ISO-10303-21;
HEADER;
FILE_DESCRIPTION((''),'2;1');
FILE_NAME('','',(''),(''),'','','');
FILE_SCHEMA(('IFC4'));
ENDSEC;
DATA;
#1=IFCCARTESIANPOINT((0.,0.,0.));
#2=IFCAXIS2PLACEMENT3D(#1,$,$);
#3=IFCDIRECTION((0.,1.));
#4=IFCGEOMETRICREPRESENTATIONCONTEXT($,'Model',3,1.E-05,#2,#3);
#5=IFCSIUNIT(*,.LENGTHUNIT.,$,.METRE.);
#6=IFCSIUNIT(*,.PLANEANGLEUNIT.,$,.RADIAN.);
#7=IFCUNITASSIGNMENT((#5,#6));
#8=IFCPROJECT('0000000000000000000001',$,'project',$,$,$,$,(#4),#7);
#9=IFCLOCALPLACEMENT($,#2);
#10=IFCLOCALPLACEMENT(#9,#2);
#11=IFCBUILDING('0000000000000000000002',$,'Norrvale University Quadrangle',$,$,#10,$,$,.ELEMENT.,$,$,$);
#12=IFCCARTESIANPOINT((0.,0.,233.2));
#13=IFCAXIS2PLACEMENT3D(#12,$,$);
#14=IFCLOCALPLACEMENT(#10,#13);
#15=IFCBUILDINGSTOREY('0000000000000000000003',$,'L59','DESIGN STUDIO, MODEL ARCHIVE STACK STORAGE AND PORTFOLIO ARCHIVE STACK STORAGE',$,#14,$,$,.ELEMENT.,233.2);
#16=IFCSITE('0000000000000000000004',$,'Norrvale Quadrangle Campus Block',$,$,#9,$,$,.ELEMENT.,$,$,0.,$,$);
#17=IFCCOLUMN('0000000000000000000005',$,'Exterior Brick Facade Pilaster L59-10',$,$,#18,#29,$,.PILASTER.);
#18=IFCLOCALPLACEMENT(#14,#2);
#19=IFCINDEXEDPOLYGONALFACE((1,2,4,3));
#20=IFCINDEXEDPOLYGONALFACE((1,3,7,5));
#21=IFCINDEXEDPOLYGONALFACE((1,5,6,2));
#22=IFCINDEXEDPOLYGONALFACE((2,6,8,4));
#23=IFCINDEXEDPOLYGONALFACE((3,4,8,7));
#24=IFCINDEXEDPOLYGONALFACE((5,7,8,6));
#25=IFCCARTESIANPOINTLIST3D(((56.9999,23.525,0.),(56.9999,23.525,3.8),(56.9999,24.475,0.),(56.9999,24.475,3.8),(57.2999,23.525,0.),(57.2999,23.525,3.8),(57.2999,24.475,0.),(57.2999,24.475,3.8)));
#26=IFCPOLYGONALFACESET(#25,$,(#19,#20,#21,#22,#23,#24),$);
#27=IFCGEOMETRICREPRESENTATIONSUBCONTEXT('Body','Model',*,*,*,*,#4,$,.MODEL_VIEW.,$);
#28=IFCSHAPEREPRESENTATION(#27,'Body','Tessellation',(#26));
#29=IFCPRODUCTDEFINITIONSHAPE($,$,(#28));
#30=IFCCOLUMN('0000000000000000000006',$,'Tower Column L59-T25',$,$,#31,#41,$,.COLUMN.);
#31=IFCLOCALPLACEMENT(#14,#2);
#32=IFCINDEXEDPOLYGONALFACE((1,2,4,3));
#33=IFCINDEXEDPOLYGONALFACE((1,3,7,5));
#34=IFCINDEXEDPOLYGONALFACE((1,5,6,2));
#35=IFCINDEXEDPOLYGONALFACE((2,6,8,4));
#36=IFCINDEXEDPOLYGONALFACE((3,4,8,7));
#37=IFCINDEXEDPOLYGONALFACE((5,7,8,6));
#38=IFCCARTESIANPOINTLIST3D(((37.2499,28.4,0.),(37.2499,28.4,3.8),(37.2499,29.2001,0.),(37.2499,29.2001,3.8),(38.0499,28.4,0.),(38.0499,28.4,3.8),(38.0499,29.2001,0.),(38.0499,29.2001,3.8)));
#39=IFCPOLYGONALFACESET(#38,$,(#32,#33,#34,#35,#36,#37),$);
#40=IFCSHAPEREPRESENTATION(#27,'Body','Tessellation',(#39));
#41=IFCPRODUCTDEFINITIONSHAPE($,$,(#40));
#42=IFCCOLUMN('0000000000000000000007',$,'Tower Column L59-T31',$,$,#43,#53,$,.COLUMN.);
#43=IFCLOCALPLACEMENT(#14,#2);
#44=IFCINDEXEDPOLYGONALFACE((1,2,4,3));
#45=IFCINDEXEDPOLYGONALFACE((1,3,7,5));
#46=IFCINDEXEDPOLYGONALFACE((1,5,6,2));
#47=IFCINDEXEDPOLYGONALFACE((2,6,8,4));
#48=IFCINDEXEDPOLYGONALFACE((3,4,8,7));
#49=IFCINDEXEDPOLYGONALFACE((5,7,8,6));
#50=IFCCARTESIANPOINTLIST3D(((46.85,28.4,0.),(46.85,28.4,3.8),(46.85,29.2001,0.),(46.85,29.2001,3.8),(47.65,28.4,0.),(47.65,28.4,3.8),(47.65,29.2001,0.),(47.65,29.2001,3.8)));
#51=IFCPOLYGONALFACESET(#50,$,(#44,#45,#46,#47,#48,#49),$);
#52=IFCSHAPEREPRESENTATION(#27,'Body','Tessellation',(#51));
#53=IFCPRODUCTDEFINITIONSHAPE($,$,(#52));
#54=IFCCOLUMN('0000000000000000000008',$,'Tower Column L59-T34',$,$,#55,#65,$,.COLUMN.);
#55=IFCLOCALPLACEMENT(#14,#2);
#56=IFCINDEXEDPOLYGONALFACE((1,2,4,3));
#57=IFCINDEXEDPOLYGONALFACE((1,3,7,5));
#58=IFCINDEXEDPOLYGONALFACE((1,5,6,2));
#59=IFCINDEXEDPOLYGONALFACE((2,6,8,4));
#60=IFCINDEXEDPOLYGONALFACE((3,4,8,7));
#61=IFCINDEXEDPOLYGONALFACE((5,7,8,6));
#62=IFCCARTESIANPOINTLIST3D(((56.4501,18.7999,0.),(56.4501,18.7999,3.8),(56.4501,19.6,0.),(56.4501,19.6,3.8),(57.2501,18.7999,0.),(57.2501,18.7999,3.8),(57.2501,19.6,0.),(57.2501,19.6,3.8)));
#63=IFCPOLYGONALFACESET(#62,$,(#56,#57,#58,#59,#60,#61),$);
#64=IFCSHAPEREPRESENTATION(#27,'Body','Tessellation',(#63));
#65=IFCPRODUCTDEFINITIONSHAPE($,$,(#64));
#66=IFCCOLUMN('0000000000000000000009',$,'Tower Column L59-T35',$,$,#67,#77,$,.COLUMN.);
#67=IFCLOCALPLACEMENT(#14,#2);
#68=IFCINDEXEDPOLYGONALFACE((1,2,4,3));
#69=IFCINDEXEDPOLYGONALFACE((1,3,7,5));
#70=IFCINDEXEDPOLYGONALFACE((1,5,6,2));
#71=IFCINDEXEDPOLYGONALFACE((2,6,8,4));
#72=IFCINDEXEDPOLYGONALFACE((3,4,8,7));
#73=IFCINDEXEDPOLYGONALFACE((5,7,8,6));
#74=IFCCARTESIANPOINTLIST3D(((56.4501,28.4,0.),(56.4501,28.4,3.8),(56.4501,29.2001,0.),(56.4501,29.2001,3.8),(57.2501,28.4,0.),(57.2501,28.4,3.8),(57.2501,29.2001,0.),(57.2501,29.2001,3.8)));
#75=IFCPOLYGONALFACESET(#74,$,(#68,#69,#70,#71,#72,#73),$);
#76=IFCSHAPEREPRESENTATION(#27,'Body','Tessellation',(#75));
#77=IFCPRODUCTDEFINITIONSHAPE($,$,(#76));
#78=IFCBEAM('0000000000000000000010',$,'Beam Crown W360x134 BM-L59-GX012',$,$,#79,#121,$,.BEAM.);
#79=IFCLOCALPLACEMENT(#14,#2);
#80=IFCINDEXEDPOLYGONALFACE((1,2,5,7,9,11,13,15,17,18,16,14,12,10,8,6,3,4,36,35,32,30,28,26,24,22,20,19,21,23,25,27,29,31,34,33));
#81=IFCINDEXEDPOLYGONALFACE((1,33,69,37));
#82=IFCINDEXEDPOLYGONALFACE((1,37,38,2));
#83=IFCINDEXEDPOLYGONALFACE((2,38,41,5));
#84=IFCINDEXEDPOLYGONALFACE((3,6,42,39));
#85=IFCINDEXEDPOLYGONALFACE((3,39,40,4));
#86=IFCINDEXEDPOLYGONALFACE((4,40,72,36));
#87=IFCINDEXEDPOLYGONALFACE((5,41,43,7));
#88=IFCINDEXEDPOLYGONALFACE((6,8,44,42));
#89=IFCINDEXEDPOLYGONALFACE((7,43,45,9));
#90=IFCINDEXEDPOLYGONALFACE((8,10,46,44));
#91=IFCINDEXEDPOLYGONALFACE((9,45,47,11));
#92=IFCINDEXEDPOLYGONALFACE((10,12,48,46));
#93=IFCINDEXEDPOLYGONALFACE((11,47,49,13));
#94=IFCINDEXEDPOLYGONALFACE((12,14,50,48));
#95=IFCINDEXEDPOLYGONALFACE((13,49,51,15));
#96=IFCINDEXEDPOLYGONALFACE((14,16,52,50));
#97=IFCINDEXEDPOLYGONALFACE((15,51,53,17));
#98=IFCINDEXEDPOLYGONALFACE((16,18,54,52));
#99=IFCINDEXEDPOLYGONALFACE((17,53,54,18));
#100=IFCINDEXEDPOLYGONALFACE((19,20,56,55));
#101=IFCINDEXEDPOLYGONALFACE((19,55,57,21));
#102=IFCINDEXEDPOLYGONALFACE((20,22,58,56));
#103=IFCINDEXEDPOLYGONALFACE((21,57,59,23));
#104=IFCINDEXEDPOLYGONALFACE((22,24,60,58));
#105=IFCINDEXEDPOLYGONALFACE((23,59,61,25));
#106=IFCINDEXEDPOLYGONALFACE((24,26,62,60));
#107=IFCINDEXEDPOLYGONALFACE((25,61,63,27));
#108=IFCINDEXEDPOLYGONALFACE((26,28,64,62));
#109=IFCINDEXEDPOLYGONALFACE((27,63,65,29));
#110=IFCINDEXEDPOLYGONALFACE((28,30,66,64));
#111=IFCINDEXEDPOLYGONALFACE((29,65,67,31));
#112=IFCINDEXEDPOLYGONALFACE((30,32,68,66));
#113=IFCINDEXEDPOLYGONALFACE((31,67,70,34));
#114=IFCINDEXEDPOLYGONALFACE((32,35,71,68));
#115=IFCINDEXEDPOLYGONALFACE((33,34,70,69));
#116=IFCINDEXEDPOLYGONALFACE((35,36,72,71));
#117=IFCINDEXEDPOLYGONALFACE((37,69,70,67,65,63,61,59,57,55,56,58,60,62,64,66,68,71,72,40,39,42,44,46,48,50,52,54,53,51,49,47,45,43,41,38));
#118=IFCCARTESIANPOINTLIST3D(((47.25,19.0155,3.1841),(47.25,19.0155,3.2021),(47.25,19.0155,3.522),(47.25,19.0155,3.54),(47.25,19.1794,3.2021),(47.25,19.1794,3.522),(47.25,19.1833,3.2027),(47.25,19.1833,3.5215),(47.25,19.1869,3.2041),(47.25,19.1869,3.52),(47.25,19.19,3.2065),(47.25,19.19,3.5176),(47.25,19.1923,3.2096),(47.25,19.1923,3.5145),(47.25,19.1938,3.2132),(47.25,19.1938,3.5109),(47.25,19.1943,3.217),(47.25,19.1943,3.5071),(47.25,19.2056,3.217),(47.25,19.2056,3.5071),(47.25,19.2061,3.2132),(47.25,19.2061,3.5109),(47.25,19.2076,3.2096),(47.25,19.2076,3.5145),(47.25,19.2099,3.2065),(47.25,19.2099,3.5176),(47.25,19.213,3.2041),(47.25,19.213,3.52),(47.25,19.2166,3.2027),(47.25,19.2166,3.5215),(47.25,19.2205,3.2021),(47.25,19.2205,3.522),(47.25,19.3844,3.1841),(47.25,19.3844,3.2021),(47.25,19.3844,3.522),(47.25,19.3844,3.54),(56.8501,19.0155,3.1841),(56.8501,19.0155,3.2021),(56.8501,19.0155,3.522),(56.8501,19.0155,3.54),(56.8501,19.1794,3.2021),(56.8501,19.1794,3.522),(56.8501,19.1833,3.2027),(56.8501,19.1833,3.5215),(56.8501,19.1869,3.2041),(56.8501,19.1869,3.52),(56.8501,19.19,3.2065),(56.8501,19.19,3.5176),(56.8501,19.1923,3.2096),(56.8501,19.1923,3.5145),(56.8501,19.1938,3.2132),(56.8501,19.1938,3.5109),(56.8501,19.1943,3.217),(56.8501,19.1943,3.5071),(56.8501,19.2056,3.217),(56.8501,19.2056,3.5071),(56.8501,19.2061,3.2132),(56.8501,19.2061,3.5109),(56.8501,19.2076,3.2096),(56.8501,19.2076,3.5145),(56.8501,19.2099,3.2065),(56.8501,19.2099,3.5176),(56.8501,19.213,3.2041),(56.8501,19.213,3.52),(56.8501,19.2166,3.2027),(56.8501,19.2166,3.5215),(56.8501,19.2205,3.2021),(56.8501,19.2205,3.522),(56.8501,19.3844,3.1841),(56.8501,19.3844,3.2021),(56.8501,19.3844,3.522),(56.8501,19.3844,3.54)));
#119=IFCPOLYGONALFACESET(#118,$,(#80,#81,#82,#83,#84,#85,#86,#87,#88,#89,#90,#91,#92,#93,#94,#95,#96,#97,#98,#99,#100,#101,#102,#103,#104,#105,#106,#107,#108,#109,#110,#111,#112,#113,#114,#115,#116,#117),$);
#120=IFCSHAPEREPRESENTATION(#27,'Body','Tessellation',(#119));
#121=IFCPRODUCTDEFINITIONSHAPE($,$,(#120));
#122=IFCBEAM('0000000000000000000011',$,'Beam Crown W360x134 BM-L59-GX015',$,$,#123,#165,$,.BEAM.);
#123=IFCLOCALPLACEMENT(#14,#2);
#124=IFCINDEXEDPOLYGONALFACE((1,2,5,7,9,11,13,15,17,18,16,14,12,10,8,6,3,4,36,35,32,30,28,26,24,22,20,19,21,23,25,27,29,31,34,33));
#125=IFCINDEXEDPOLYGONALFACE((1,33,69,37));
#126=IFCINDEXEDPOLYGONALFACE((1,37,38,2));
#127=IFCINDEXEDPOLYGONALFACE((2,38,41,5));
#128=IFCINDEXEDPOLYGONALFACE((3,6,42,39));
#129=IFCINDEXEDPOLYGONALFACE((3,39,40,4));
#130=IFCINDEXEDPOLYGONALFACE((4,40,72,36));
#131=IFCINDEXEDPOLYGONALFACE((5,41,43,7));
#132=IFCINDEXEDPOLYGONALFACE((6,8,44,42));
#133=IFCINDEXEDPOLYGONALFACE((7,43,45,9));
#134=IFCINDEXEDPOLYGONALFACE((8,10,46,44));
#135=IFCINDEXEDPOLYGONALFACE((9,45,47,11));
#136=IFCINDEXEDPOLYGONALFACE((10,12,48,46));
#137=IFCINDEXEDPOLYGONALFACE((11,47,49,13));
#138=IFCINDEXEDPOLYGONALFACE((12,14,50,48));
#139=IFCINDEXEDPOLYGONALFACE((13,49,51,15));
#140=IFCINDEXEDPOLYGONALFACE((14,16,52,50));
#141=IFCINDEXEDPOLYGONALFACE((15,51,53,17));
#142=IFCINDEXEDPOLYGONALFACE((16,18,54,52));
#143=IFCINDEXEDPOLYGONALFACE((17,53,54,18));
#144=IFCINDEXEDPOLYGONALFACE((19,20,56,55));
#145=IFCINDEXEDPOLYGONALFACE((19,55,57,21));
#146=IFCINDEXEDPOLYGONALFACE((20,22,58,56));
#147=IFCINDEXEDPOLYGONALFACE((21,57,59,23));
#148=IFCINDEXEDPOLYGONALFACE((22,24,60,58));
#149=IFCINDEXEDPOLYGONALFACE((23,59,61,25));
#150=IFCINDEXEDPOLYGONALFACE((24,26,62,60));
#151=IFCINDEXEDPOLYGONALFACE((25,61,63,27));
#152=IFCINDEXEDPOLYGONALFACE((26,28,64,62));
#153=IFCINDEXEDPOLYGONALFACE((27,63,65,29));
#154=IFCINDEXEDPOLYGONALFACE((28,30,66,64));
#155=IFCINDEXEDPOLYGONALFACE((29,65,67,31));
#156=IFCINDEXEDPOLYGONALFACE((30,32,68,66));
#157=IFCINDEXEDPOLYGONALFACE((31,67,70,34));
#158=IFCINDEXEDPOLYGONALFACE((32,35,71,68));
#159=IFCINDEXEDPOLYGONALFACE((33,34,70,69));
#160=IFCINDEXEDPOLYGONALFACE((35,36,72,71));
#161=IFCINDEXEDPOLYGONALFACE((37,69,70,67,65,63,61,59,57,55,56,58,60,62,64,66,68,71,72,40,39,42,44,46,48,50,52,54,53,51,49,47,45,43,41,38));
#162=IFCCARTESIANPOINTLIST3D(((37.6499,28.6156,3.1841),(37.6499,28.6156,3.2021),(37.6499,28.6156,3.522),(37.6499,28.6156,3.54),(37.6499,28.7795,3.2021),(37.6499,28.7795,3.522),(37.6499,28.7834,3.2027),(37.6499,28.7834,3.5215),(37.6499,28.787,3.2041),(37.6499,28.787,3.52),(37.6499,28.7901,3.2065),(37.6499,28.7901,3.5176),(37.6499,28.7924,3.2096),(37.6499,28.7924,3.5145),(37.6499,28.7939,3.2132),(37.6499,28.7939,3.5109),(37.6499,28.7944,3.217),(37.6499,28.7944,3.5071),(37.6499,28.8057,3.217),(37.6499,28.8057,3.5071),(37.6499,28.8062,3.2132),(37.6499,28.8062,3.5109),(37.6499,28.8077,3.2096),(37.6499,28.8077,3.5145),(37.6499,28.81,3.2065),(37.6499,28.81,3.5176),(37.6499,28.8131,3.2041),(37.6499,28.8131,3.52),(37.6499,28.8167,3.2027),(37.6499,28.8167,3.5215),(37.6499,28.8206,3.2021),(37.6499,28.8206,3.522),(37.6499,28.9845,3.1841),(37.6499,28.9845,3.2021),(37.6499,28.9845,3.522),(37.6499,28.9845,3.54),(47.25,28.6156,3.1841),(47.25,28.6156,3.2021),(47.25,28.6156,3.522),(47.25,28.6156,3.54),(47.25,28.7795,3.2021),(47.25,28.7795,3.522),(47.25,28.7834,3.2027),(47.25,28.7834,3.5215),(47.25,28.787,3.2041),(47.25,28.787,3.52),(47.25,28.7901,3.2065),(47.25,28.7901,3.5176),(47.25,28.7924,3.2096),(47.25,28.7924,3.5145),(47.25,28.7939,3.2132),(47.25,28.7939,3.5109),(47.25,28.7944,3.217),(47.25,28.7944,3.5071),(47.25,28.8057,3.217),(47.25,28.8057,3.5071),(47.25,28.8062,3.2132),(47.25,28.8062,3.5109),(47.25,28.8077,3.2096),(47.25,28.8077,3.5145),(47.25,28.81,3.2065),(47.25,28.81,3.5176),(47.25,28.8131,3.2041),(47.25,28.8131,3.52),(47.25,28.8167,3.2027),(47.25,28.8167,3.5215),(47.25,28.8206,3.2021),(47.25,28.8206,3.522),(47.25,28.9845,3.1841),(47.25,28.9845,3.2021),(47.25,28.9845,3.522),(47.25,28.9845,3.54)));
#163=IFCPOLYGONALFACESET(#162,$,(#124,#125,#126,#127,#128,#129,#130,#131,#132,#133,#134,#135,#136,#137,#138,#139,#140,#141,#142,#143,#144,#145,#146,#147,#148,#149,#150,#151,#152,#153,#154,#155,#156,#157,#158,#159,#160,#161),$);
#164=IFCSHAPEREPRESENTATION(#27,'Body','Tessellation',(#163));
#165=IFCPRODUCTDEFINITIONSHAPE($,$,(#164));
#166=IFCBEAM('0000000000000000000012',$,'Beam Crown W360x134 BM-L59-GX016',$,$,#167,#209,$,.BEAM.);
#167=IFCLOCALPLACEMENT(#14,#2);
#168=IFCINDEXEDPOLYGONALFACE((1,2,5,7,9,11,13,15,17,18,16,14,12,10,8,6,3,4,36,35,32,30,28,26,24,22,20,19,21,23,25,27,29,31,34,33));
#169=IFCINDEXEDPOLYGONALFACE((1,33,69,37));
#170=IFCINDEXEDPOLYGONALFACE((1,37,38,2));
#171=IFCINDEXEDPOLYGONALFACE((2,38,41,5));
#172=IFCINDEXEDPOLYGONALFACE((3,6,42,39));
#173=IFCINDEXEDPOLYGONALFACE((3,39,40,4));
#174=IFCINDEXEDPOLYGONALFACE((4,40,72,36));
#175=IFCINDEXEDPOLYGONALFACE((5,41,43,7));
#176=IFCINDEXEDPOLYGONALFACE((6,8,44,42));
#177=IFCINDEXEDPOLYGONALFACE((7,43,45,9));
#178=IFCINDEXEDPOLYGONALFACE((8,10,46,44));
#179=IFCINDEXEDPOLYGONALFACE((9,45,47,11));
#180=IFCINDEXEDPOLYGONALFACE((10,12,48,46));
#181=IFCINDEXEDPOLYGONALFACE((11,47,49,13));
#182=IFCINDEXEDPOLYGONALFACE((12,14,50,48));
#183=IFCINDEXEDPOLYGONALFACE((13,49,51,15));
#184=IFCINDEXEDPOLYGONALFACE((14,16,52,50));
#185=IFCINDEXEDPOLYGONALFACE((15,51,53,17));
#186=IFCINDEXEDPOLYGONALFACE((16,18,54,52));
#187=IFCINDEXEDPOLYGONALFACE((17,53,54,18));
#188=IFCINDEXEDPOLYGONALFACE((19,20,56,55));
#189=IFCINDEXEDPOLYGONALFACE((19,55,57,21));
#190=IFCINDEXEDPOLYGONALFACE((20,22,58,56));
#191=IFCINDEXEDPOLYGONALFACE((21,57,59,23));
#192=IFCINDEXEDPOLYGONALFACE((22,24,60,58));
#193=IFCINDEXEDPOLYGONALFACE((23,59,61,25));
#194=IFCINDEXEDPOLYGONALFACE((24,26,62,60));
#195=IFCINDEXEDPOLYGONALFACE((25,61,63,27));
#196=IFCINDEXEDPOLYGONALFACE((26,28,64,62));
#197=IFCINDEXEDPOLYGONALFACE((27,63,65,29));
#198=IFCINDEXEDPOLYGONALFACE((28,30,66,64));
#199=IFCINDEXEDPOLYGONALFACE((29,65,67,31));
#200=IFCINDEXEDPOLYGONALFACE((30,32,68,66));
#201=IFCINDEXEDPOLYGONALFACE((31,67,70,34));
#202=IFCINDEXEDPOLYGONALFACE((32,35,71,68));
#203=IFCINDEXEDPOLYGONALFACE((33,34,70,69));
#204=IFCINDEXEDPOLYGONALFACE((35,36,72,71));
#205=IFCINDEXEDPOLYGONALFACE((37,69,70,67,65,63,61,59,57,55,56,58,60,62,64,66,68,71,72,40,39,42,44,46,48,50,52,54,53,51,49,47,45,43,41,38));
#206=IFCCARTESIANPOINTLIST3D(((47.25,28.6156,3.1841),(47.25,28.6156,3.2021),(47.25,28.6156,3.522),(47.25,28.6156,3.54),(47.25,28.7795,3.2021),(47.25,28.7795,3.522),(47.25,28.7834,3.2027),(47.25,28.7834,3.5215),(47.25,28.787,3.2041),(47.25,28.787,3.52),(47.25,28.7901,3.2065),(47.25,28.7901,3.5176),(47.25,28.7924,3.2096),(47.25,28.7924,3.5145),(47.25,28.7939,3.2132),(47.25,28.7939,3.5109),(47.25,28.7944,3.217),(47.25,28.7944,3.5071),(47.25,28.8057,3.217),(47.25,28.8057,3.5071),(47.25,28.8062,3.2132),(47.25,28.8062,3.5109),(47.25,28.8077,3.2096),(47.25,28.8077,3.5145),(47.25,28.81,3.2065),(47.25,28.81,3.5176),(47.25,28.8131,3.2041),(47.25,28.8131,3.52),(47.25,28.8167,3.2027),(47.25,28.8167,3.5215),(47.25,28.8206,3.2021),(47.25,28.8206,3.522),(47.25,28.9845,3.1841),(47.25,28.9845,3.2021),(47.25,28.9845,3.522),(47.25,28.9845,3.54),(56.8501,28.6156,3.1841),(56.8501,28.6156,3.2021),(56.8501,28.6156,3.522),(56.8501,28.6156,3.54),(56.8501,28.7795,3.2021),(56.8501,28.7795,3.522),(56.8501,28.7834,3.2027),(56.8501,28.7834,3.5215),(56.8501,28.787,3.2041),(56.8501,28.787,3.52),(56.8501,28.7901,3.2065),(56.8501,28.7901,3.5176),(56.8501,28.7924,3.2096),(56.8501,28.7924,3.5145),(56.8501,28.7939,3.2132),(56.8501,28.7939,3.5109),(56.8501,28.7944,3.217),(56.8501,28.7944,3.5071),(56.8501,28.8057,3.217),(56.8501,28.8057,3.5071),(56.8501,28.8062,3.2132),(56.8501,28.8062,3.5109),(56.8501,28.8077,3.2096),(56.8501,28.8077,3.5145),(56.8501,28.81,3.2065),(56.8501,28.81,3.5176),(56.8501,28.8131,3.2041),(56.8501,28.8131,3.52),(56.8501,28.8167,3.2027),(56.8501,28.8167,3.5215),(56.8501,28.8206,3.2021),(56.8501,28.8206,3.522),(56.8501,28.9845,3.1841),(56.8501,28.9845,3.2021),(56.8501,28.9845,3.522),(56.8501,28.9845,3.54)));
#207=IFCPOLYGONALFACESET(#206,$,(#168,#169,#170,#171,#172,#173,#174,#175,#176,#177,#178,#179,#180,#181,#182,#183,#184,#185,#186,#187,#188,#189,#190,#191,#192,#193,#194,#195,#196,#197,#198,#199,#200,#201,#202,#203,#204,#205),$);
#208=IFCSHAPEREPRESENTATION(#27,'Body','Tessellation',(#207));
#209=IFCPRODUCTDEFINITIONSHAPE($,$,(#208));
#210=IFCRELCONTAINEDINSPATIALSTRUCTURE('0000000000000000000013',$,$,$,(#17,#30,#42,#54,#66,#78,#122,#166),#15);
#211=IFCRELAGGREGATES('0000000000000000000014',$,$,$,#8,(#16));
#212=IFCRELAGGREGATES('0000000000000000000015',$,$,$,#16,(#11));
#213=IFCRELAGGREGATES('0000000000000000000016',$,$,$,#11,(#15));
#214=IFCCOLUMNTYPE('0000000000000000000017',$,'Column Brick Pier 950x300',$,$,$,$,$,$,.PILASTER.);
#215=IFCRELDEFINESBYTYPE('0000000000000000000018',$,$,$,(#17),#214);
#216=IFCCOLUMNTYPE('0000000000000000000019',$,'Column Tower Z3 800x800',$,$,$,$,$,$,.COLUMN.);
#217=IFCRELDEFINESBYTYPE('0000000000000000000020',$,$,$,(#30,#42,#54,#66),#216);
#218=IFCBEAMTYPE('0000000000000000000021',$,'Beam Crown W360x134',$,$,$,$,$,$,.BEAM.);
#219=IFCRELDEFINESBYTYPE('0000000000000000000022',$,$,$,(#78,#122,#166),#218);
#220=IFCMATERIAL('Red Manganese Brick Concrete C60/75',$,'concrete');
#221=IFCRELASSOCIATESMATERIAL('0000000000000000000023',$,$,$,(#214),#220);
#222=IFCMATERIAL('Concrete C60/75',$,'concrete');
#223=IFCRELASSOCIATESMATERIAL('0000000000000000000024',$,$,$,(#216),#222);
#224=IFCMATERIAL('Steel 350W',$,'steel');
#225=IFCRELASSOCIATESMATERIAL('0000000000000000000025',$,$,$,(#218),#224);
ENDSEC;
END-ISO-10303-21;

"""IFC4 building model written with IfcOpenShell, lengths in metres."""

from ifc_helpers import new_model, si_unit, direction, frame, origin, origin_2d, place, context, subcontext, project, spatial, rectangle, i_section, extrude, material, material_profile, profile_set, type_object, element, save


model = new_model("IFC4")

# Units and contexts
model_context = context("Model", 3, precision=1e-05, world=origin(), true_north=direction((0.0, 1.0)))
body_context = subcontext(model_context, "Body", "Model", "MODEL_VIEW")
ifc_project = project(units=[si_unit("LENGTHUNIT", "METRE"), si_unit("PLANEANGLEUNIT", "RADIAN")], contexts=[model_context])

# Site, building, storey
site_placement = place(None, origin())
site = spatial("IfcSite", under=ifc_project, at=site_placement, Name="Norrvale Quadrangle Campus Block", CompositionType="ELEMENT", RefElevation=0.0)
building_placement = place(site_placement, origin())
building = spatial("IfcBuilding", under=site, at=building_placement, Name="Norrvale University Quadrangle", CompositionType="ELEMENT")
storey_placement = place(building_placement, frame((0.0, 0.0, 233.2)))
storey = spatial("IfcBuildingStorey", under=building, at=storey_placement, Name="L59", Description="DESIGN STUDIO, MODEL ARCHIVE STACK STORAGE AND PORTFOLIO ARCHIVE STACK STORAGE", CompositionType="ELEMENT", Elevation=233.2)

# Columns
ifc_material_1 = material(Name="Red Manganese Brick Concrete C60/75", Category="concrete")
ifc_material_profile_1 = material_profile(ifc_material_1, rectangle(XDim=0.95, YDim=0.3, at=origin_2d()), Name="Red Manganese Brick Concrete C60/75")
ifc_profile_set_1 = profile_set([ifc_material_profile_1], Name="Red Manganese Brick Concrete C60/75")
column_type_1 = type_object("IfcColumnType", Name="Column Brick Pier 950x300", PredefinedType="PILASTER", material=ifc_profile_set_1)
column_placement = place(storey_placement, frame((57.1499, 24.0, 0.0), z_axis=(0.0, 0.0, 1.0), x_axis=(0.0, 1.0, 0.0)))
element("IfcColumn", 1, at=column_placement, inside=storey, type_object=column_type_1, Name="Exterior Brick Facade Pilaster L59-10", PredefinedType="PILASTER", context=body_context, shape_type="SweptSolid", body=[
    extrude(rectangle(XDim=0.95, YDim=0.3, at=origin_2d()), origin(), (0.0, 0.0, 1.0), 3.8),
])
ifc_material_2 = material(Name="Concrete C60/75", Category="concrete")
ifc_material_profile_2 = material_profile(ifc_material_2, rectangle(XDim=0.8, YDim=0.8, at=origin_2d()), Name="Concrete C60/75")
ifc_profile_set_2 = profile_set([ifc_material_profile_2], Name="Concrete C60/75")
column_type_2 = type_object("IfcColumnType", Name="Column Tower Z3 800x800", PredefinedType="COLUMN", material=ifc_profile_set_2)
for number, where, z_axis, x_axis, name in (
    (2, (37.6499, 28.8, 0.0), (0.0, 0.0, 1.0), (1.0, 0.0, 0.0), "Tower Column L59-T25"),
    (3, (47.25, 28.8, 0.0), (0.0, 0.0, 1.0), (1.0, 0.0, 0.0), "Tower Column L59-T31"),
    (4, (56.8501, 19.2, 0.0), (0.0, 0.0, 1.0), (1.0, 0.0, 0.0), "Tower Column L59-T34"),
    (5, (56.8501, 28.8, 0.0), (0.0, 0.0, 1.0), (1.0, 0.0, 0.0), "Tower Column L59-T35"),
):
    element("IfcColumn", number, at=place(storey_placement, frame(where, z_axis=z_axis, x_axis=x_axis)), inside=storey, type_object=column_type_2, Name=name, PredefinedType="COLUMN", context=body_context, shape_type="SweptSolid", body=[
        extrude(rectangle(XDim=0.8, YDim=0.8, at=origin_2d()), origin(), (0.0, 0.0, 1.0), 3.8),
    ])

# Beams
ifc_material_3 = material(Name="Steel 350W", Category="steel")
ifc_material_profile_3 = material_profile(ifc_material_3, i_section(OverallWidth=0.3689, OverallDepth=0.356, WebThickness=0.0112, FlangeThickness=0.0181, FilletRadius=0.0149, at=origin_2d()), Name="Steel 350W")
ifc_profile_set_3 = profile_set([ifc_material_profile_3], Name="Steel 350W")
beam_type_1 = type_object("IfcBeamType", Name="Beam Crown W360x134", PredefinedType="BEAM", material=ifc_profile_set_3)
for number, where, z_axis, x_axis, name in (
    (6, (47.25, 19.2, 3.3621), (1.0, 0.0, 0.0), (0.0, 1.0, 0.0), "Beam Crown W360x134 BM-L59-GX012"),
    (7, (37.6499, 28.8, 3.3621), (1.0, 0.0, 0.0), (0.0, 1.0, 0.0), "Beam Crown W360x134 BM-L59-GX015"),
    (8, (47.25, 28.8, 3.3621), (1.0, 0.0, 0.0), (0.0, 1.0, 0.0), "Beam Crown W360x134 BM-L59-GX016"),
):
    element("IfcBeam", number, at=place(storey_placement, frame(where, z_axis=z_axis, x_axis=x_axis)), inside=storey, type_object=beam_type_1, Name=name, PredefinedType="BEAM", context=body_context, shape_type="SweptSolid", body=[
        extrude(i_section(OverallWidth=0.3689, OverallDepth=0.356, WebThickness=0.0112, FlangeThickness=0.0181, FilletRadius=0.0149, at=origin_2d()), origin(), (0.0, 0.0, 1.0), 9.6001),
    ])

save(model, "model.ifc")
